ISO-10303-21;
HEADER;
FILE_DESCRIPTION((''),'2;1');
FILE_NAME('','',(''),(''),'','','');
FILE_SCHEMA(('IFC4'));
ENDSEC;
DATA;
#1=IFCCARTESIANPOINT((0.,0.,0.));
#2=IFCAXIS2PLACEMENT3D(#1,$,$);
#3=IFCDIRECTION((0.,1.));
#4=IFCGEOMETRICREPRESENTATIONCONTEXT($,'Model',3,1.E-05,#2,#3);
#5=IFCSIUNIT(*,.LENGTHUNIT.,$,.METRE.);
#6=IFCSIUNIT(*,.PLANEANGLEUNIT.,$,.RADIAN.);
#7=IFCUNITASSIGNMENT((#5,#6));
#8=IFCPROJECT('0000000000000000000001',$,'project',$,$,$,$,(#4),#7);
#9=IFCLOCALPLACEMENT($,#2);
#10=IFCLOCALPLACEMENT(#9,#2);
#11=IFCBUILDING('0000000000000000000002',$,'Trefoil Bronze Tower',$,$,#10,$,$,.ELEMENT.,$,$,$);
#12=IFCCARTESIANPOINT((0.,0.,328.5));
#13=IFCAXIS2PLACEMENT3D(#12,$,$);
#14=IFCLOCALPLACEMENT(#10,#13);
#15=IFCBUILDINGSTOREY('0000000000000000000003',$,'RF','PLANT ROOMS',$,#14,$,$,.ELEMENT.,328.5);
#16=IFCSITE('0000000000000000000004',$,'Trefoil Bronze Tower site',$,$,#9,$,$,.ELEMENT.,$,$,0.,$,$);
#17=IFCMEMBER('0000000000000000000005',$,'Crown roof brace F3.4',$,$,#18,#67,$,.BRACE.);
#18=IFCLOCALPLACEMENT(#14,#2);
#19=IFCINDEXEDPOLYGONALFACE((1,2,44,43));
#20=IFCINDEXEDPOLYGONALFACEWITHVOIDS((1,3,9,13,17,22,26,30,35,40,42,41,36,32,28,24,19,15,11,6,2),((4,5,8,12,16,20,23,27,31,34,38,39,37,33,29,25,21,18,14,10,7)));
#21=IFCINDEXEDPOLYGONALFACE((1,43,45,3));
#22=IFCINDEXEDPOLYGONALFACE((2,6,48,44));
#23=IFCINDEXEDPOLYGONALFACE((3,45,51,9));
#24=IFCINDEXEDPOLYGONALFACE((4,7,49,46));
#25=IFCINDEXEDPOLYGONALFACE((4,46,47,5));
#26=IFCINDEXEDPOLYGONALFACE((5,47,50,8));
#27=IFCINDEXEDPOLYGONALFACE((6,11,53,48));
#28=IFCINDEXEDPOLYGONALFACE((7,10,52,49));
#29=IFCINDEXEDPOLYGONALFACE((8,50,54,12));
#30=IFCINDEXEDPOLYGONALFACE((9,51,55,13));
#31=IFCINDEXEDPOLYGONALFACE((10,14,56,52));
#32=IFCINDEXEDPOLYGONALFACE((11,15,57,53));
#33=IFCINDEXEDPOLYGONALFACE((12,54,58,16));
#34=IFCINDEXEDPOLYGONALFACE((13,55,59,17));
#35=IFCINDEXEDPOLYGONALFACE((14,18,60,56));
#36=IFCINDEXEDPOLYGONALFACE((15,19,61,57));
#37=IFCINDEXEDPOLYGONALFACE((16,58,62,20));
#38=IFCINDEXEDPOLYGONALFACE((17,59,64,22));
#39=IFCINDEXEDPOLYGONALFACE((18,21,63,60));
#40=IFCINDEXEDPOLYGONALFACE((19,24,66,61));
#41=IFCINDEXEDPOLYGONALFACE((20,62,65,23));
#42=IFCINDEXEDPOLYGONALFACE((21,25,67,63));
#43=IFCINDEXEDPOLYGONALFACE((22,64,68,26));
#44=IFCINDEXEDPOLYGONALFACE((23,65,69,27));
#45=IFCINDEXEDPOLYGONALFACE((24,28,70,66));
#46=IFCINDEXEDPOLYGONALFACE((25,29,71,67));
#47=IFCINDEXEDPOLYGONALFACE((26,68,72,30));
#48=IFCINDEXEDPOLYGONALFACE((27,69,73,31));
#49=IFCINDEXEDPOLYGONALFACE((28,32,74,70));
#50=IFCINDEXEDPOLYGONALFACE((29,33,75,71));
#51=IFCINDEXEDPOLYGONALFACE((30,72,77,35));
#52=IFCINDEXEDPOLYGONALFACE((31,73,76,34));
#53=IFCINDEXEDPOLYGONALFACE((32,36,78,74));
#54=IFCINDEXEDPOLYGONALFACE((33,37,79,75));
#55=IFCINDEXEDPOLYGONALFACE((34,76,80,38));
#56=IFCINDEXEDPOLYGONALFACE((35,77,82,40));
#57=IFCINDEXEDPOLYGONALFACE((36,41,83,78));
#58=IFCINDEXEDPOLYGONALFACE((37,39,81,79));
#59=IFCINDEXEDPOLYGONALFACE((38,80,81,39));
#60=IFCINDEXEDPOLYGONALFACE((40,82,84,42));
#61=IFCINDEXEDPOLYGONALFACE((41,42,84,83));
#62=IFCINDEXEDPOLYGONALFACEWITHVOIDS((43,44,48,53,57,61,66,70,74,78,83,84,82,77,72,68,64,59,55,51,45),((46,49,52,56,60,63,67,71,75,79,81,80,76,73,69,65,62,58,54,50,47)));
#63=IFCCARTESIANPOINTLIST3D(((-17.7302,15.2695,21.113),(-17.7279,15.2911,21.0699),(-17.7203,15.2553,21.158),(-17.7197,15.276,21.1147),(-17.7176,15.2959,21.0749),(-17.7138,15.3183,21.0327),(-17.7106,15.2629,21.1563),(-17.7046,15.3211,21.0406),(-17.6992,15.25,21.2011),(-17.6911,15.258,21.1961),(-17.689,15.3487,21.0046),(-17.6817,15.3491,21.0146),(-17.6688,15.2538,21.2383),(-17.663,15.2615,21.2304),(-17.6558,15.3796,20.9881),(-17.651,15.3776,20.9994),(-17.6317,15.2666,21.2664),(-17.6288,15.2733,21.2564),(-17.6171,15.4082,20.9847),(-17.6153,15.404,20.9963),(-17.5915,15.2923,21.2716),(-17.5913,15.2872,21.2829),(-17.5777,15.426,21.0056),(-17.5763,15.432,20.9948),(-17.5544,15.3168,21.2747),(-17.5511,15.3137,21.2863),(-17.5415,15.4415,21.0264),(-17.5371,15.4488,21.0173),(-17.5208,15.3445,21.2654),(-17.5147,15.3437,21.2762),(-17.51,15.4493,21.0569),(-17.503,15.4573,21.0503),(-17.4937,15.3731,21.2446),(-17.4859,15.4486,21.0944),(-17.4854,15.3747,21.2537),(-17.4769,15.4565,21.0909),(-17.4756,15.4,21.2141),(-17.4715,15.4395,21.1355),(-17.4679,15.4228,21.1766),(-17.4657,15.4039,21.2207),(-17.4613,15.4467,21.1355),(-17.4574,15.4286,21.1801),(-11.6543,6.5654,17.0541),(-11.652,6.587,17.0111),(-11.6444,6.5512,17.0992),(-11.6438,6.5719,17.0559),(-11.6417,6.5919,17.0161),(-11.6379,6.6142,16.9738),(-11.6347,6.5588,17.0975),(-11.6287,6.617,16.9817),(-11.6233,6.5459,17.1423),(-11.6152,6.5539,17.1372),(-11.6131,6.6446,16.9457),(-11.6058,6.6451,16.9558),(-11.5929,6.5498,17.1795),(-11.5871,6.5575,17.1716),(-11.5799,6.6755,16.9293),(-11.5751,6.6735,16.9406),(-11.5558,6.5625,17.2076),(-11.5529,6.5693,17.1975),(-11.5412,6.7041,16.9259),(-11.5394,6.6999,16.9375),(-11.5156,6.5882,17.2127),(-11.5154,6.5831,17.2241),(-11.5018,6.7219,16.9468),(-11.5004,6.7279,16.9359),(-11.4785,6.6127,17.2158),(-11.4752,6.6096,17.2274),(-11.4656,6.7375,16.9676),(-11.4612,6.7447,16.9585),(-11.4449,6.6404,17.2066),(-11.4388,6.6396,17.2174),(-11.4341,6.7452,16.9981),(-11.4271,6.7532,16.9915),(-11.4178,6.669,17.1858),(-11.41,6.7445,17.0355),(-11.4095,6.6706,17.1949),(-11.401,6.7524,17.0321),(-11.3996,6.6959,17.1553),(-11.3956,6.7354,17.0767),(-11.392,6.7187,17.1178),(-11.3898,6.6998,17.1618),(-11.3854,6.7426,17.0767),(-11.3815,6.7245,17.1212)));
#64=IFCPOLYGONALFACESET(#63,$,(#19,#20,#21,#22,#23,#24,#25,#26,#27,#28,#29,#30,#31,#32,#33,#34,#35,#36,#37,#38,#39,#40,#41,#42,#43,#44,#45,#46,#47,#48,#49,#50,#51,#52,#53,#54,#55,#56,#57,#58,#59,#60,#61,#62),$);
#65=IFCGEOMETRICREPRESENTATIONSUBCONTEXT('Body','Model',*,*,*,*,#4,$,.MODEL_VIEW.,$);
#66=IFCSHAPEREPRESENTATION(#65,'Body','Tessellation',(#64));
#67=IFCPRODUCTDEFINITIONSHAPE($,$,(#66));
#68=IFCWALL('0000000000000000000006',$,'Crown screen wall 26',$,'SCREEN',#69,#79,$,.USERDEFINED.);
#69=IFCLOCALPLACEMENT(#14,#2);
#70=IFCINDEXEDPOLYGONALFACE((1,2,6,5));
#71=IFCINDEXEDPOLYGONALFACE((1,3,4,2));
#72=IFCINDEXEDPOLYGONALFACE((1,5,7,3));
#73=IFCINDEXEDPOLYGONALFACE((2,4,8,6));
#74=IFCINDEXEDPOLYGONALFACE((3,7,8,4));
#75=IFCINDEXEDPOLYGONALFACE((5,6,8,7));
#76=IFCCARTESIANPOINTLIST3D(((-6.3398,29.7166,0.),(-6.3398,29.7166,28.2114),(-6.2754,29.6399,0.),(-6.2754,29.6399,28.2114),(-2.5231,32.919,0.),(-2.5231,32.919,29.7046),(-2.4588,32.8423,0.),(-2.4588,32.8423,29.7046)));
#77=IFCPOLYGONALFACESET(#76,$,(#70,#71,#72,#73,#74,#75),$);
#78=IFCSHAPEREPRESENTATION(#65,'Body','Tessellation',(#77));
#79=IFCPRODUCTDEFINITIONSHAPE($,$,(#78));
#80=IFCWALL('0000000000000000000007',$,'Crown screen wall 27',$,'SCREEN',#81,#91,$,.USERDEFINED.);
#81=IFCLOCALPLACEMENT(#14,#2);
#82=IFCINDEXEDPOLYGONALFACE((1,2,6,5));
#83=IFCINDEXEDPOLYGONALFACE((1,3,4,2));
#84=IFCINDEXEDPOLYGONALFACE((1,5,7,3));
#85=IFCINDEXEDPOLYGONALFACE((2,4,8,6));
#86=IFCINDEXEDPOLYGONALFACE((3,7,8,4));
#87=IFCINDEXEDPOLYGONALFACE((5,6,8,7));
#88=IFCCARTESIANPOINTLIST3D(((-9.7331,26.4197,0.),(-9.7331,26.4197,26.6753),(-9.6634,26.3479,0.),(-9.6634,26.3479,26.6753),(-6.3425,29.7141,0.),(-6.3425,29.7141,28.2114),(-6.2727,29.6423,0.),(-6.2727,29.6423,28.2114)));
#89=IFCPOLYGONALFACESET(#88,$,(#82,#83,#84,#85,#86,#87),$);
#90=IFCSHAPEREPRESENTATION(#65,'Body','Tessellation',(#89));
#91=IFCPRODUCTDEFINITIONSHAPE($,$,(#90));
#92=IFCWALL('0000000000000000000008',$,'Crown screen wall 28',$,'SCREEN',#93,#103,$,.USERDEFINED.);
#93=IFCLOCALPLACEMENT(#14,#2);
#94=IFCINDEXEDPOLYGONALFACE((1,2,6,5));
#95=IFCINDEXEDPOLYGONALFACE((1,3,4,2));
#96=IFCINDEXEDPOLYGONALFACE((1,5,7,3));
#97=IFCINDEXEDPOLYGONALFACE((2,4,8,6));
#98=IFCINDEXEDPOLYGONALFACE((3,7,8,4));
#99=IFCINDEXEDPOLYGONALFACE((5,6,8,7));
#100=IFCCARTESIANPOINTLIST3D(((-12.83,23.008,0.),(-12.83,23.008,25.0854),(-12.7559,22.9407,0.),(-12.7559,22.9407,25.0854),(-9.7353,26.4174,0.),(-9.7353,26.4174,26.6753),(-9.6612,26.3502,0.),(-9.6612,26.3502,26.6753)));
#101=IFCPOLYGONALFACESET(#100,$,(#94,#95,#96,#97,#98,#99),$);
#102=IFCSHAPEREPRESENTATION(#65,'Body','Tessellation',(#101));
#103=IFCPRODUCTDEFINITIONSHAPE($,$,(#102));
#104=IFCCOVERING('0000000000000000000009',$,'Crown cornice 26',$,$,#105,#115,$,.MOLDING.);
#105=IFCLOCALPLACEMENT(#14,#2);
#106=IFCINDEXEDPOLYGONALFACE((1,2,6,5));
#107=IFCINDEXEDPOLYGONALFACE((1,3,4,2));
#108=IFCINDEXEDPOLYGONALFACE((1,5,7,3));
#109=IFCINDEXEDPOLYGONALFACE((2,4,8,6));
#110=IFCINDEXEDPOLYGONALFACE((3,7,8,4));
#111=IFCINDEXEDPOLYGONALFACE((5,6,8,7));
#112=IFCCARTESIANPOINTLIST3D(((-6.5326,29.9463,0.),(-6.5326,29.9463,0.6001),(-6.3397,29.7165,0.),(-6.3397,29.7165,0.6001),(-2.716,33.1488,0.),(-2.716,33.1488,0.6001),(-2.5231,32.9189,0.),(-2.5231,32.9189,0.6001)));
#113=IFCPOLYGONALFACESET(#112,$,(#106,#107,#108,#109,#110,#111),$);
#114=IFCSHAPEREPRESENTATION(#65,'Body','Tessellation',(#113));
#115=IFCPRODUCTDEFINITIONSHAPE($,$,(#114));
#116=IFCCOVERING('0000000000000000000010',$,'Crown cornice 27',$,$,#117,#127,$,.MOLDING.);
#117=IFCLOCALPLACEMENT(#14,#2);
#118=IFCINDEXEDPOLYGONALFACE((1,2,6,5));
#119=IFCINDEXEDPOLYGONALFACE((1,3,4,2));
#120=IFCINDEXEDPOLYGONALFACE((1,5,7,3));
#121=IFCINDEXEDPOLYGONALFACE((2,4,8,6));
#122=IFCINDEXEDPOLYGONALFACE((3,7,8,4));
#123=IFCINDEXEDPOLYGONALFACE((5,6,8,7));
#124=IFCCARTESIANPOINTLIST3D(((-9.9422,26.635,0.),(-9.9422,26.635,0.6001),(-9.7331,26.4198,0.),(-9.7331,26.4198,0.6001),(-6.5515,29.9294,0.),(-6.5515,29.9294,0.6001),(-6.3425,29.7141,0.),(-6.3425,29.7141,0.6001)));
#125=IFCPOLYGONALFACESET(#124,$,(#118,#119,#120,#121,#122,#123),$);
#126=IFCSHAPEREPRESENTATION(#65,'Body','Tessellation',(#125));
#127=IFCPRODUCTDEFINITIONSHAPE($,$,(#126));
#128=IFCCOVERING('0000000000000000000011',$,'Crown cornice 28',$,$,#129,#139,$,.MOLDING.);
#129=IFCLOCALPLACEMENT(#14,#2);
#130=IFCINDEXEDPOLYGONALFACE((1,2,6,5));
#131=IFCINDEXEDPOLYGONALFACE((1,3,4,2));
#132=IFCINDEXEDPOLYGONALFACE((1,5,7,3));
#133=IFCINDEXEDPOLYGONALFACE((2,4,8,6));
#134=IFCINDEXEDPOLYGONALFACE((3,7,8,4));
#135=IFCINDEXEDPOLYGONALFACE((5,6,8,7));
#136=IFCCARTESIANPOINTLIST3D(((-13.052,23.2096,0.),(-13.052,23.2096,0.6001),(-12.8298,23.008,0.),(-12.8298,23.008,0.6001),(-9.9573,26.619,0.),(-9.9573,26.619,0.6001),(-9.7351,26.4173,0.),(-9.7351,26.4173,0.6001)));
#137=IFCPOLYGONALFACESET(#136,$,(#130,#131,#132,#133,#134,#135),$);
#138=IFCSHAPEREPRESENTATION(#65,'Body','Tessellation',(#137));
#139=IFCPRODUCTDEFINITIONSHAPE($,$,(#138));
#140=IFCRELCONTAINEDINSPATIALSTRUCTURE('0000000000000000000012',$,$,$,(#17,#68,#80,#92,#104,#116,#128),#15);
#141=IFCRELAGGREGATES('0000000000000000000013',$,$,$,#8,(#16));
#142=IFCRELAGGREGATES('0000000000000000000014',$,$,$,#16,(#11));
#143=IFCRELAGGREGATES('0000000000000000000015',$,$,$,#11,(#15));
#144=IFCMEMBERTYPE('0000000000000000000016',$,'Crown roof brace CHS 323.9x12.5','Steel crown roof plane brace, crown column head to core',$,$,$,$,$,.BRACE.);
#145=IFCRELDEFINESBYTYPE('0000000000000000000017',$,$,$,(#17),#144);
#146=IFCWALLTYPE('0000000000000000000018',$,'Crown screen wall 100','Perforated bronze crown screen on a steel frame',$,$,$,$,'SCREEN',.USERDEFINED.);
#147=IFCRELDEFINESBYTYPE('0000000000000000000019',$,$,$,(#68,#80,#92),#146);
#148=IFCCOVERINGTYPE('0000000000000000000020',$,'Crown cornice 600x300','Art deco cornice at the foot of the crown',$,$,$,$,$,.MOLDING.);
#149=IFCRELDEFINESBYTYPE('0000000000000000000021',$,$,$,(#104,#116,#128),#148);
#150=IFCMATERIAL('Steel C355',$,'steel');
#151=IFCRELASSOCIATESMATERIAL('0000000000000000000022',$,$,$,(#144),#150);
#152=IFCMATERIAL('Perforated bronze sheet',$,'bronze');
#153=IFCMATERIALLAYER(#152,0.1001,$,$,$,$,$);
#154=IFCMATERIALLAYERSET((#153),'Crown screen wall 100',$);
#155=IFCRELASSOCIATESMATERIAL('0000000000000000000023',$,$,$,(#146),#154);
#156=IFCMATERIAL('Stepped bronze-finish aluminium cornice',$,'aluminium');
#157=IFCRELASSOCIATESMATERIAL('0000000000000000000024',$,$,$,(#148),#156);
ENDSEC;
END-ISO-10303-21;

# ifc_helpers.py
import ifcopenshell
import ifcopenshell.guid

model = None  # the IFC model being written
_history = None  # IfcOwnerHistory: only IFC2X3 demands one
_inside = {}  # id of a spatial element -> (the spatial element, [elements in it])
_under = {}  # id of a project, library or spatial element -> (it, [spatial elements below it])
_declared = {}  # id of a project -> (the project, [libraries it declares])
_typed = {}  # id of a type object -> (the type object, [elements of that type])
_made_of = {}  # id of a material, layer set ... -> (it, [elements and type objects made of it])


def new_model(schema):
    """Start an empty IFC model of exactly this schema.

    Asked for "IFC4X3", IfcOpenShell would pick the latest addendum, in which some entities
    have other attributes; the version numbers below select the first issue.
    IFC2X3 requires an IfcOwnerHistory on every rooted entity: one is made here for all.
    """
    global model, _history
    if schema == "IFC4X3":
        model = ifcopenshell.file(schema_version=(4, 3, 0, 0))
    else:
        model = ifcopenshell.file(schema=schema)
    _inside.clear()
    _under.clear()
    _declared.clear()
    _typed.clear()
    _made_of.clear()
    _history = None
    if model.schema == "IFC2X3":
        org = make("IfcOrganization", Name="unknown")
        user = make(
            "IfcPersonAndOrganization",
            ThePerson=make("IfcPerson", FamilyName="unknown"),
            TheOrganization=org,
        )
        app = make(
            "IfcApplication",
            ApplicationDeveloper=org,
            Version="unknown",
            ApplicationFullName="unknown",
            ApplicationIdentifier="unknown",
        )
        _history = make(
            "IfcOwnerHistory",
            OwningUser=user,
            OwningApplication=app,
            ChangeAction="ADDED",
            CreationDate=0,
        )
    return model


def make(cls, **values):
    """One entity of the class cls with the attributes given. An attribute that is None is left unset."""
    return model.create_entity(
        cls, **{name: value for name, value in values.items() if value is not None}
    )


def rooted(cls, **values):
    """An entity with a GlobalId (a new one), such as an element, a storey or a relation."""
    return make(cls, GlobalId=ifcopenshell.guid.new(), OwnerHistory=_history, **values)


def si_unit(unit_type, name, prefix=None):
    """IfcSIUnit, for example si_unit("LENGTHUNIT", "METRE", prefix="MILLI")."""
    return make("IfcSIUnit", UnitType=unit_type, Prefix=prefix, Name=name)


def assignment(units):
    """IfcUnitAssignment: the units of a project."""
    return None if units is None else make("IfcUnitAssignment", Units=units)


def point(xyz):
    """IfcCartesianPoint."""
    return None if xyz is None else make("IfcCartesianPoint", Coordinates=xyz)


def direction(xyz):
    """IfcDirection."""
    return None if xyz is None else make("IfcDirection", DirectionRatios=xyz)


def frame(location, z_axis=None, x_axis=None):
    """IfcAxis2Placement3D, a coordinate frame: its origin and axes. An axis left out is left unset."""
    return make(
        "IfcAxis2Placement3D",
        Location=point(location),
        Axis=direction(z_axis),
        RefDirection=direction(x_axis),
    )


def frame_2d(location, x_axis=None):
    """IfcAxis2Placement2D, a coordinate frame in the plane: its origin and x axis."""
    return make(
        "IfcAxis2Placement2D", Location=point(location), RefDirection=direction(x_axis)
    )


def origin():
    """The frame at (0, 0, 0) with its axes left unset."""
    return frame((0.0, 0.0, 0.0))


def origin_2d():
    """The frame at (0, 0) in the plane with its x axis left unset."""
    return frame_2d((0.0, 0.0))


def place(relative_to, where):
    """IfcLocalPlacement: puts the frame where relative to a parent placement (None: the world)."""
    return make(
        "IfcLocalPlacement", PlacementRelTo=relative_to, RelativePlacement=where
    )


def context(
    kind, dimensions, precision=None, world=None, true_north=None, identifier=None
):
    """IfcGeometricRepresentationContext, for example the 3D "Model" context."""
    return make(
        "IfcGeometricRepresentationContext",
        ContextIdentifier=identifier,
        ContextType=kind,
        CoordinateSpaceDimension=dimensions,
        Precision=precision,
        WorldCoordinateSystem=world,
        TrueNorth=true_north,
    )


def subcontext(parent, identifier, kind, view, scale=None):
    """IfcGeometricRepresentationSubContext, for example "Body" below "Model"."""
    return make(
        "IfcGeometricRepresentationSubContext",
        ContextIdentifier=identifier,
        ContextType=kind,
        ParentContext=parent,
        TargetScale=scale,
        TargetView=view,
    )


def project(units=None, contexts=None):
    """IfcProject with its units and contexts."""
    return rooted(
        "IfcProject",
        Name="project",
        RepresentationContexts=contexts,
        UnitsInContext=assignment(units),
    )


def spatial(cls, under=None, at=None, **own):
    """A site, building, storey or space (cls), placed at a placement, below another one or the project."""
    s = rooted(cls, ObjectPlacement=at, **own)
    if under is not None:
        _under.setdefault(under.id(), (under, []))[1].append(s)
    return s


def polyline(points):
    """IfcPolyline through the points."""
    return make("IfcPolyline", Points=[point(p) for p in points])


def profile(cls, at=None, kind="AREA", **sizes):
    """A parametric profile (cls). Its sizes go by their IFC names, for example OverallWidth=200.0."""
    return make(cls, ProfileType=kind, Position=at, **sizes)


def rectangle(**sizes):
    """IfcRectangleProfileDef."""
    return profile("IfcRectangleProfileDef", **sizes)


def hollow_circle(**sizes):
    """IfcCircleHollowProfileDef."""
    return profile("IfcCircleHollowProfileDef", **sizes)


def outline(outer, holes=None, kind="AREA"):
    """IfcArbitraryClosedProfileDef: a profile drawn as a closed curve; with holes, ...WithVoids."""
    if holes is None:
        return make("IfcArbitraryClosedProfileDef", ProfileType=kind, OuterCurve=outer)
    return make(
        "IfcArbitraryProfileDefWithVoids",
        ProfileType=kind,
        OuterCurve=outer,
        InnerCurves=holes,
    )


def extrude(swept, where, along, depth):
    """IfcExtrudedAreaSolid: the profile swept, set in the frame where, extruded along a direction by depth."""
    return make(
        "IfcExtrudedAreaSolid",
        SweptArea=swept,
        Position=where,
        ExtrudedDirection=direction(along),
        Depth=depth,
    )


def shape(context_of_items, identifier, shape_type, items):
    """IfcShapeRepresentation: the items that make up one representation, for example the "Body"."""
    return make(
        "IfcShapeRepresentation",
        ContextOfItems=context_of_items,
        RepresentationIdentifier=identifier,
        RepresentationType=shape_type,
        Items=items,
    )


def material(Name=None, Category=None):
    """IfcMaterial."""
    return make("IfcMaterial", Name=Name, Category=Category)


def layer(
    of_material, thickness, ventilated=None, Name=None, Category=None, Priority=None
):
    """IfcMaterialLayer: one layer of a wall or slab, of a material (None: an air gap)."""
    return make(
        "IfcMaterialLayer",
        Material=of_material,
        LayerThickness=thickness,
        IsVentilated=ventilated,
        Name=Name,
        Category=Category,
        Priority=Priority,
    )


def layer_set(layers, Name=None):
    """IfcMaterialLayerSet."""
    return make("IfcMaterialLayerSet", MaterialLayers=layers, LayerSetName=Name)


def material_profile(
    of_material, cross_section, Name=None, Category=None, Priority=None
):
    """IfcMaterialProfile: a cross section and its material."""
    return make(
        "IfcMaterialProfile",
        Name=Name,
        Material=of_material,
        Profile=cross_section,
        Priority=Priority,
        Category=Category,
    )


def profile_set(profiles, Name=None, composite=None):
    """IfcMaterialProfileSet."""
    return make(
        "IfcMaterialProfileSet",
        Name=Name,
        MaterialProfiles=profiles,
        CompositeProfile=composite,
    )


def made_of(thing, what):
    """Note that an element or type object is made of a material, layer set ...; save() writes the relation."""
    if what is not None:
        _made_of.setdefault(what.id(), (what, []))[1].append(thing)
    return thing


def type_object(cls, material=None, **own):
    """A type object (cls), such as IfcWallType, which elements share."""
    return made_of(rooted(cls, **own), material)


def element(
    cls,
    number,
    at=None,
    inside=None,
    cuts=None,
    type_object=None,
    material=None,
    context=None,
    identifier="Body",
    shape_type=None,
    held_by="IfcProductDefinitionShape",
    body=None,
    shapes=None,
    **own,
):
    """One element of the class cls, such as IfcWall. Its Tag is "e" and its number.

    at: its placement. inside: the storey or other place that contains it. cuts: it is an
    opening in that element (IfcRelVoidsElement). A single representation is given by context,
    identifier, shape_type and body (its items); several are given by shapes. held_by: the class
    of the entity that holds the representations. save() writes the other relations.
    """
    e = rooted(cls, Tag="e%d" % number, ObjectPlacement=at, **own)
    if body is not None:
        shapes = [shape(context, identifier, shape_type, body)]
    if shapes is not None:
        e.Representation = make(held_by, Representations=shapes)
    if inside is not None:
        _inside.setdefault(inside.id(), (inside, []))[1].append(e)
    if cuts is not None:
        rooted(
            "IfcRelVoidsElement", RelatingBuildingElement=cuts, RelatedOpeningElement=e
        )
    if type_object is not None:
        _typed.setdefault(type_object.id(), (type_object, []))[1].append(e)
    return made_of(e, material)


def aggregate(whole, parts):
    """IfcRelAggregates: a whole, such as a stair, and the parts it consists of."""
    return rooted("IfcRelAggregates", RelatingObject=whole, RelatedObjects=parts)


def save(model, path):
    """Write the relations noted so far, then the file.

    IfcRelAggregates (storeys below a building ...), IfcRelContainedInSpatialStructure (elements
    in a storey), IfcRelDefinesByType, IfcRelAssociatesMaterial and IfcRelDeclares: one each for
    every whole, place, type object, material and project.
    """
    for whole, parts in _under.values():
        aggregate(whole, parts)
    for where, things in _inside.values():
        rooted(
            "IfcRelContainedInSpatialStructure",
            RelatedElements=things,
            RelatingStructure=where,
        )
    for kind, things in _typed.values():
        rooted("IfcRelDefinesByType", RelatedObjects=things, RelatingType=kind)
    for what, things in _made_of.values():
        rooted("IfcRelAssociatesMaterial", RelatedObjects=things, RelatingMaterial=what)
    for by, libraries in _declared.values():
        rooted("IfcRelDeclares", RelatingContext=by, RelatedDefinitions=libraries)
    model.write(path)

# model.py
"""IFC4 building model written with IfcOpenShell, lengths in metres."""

from ifc_helpers import new_model, si_unit, direction, frame, origin, origin_2d, place, context, subcontext, project, spatial, polyline, rectangle, hollow_circle, outline, extrude, material, layer, layer_set, material_profile, profile_set, type_object, element, save


model = new_model("IFC4")

# Units and contexts
model_context = context("Model", 3, precision=1e-05, world=origin(), true_north=direction((0.0, 1.0)))
body_context = subcontext(model_context, "Body", "Model", "MODEL_VIEW")
ifc_project = project(units=[si_unit("LENGTHUNIT", "METRE"), si_unit("PLANEANGLEUNIT", "RADIAN")], contexts=[model_context])

# Site, building, storey
site_placement = place(None, origin())
site = spatial("IfcSite", under=ifc_project, at=site_placement, Name="Trefoil Bronze Tower site", CompositionType="ELEMENT", RefElevation=0.0)
building_placement = place(site_placement, origin())
building = spatial("IfcBuilding", under=site, at=building_placement, Name="Trefoil Bronze Tower", CompositionType="ELEMENT")
storey_placement = place(building_placement, frame((0.0, 0.0, 328.5)))
storey = spatial("IfcBuildingStorey", under=building, at=storey_placement, Name="RF", Description="PLANT ROOMS", CompositionType="ELEMENT", Elevation=328.5)

# Member
ifc_material_1 = material(Name="Steel C355", Category="steel")
ifc_material_profile_1 = material_profile(ifc_material_1, hollow_circle(Radius=0.1619, WallThickness=0.0125, at=origin_2d()), Name="CHS 323.9x12.5")
ifc_profile_set_1 = profile_set([ifc_material_profile_1], Name="Steel C355")
member_type = type_object("IfcMemberType", Name="Crown roof brace CHS 323.9x12.5", Description="Steel crown roof plane brace, crown column head to core", PredefinedType="BRACE", material=ifc_profile_set_1)
member_1_placement = place(storey_placement, frame((-17.594, 15.354, 21.1355), z_axis=(0.53464, -0.765901, -0.35715), x_axis=(0.819981, 0.572391, 0.0)))
element("IfcMember", 1, at=member_1_placement, inside=storey, type_object=member_type, Name="Crown roof brace F3.4", PredefinedType="BRACE", context=body_context, shape_type="SweptSolid", body=[
    extrude(hollow_circle(Radius=0.1619, WallThickness=0.0125, at=origin_2d()), origin(), (0.0, 0.0, 1.0), 11.3645),
])

# Walls
ifc_material_2 = material(Name="Perforated bronze sheet", Category="bronze")
ifc_layer = layer(ifc_material_2, 0.1001)
ifc_layer_set = layer_set([ifc_layer], Name="Crown screen wall 100")
wall_type = type_object("IfcWallType", Name="Crown screen wall 100", Description="Perforated bronze crown screen on a steel frame", ElementType="SCREEN", PredefinedType="USERDEFINED", material=ifc_layer_set)
wall_1_placement = place(storey_placement, frame((-2.491, 32.8806, 0.0), z_axis=(0.0, 0.0, 1.0), x_axis=(-0.76606, -0.642769, 0.0)))
element("IfcWall", 2, at=wall_1_placement, inside=storey, type_object=wall_type, Name="Crown screen wall 26", ObjectType="SCREEN", PredefinedType="USERDEFINED", context=body_context, shape_type="SweptSolid", body=[
    extrude(outline(polyline([(0.0, 0.0), (4.9822, 0.0), (4.9822, 28.2114), (0.0, 29.7046), (0.0, 0.0)])), frame((0.0, 0.05, 0.0), z_axis=(0.0, -1.0, 0.0), x_axis=(1.0, 0.0, 0.0)), (0.0, 0.0, 1.0), 0.1001),
])
wall_2_placement = place(storey_placement, frame((-6.3076, 29.6782, 0.0), z_axis=(0.0, 0.0, 1.0), x_axis=(-0.717207, -0.69686, 0.0)))
element("IfcWall", 3, at=wall_2_placement, inside=storey, type_object=wall_type, Name="Crown screen wall 27", ObjectType="SCREEN", PredefinedType="USERDEFINED", context=body_context, shape_type="SweptSolid", body=[
    extrude(outline(polyline([(0.0, 0.0), (4.7275, 0.0), (4.7275, 26.6753), (0.0, 28.2114), (0.0, 0.0)])), frame((0.0, 0.05, 0.0), z_axis=(0.0, -1.0, 0.0), x_axis=(1.0, 0.0, 0.0)), (0.0, 0.0, 1.0), 0.1001),
])
wall_3_placement = place(storey_placement, frame((-9.6982, 26.3838, 0.0), z_axis=(0.0, 0.0, 1.0), x_axis=(-0.672108, -0.740453, 0.0)))
element("IfcWall", 4, at=wall_3_placement, inside=storey, type_object=wall_type, Name="Crown screen wall 28", ObjectType="SCREEN", PredefinedType="USERDEFINED", context=body_context, shape_type="SweptSolid", body=[
    extrude(outline(polyline([(0.0, 0.0), (4.6045, 0.0), (4.6045, 25.0854), (0.0, 26.6753), (0.0, 0.0)])), frame((0.0, 0.05, 0.0), z_axis=(0.0, -1.0, 0.0), x_axis=(1.0, 0.0, 0.0)), (0.0, 0.0, 1.0), 0.1001),
])

# Coverings
ifc_material_3 = material(Name="Stepped bronze-finish aluminium cornice", Category="aluminium")
covering_type = type_object("IfcCoveringType", Name="Crown cornice 600x300", Description="Art deco cornice at the foot of the crown", PredefinedType="MOLDING", material=ifc_material_3)
covering_1_placement = place(storey_placement, frame((-4.5278, 31.4326, 0.0), z_axis=(0.0, 0.0, 1.0), x_axis=(-0.766044, -0.642788, 0.0)))
element("IfcCovering", 5, at=covering_1_placement, inside=storey, type_object=covering_type, Name="Crown cornice 26", PredefinedType="MOLDING", context=body_context, shape_type="SweptSolid", body=[
    extrude(rectangle(XDim=4.9822, YDim=0.3, at=origin_2d()), origin(), (0.0, 0.0, 1.0), 0.6001),
])
covering_2_placement = place(storey_placement, frame((-8.1423, 28.1746, 0.0), z_axis=(0.0, 0.0, 1.0), x_axis=(-0.717218, -0.696849, 0.0)))
element("IfcCovering", 6, at=covering_2_placement, inside=storey, type_object=covering_type, Name="Crown cornice 27", PredefinedType="MOLDING", context=body_context, shape_type="SweptSolid", body=[
    extrude(rectangle(XDim=4.7275, YDim=0.3, at=origin_2d()), origin(), (0.0, 0.0, 1.0), 0.6001),
])
covering_3_placement = place(storey_placement, frame((-11.3936, 24.8135, 0.0), z_axis=(0.0, 0.0, 1.0), x_axis=(-0.672115, -0.740447, 0.0)))
element("IfcCovering", 7, at=covering_3_placement, inside=storey, type_object=covering_type, Name="Crown cornice 28", PredefinedType="MOLDING", context=body_context, shape_type="SweptSolid", body=[
    extrude(rectangle(XDim=4.6045, YDim=0.3, at=origin_2d()), origin(), (0.0, 0.0, 1.0), 0.6001),
])

save(model, "model.ifc")
